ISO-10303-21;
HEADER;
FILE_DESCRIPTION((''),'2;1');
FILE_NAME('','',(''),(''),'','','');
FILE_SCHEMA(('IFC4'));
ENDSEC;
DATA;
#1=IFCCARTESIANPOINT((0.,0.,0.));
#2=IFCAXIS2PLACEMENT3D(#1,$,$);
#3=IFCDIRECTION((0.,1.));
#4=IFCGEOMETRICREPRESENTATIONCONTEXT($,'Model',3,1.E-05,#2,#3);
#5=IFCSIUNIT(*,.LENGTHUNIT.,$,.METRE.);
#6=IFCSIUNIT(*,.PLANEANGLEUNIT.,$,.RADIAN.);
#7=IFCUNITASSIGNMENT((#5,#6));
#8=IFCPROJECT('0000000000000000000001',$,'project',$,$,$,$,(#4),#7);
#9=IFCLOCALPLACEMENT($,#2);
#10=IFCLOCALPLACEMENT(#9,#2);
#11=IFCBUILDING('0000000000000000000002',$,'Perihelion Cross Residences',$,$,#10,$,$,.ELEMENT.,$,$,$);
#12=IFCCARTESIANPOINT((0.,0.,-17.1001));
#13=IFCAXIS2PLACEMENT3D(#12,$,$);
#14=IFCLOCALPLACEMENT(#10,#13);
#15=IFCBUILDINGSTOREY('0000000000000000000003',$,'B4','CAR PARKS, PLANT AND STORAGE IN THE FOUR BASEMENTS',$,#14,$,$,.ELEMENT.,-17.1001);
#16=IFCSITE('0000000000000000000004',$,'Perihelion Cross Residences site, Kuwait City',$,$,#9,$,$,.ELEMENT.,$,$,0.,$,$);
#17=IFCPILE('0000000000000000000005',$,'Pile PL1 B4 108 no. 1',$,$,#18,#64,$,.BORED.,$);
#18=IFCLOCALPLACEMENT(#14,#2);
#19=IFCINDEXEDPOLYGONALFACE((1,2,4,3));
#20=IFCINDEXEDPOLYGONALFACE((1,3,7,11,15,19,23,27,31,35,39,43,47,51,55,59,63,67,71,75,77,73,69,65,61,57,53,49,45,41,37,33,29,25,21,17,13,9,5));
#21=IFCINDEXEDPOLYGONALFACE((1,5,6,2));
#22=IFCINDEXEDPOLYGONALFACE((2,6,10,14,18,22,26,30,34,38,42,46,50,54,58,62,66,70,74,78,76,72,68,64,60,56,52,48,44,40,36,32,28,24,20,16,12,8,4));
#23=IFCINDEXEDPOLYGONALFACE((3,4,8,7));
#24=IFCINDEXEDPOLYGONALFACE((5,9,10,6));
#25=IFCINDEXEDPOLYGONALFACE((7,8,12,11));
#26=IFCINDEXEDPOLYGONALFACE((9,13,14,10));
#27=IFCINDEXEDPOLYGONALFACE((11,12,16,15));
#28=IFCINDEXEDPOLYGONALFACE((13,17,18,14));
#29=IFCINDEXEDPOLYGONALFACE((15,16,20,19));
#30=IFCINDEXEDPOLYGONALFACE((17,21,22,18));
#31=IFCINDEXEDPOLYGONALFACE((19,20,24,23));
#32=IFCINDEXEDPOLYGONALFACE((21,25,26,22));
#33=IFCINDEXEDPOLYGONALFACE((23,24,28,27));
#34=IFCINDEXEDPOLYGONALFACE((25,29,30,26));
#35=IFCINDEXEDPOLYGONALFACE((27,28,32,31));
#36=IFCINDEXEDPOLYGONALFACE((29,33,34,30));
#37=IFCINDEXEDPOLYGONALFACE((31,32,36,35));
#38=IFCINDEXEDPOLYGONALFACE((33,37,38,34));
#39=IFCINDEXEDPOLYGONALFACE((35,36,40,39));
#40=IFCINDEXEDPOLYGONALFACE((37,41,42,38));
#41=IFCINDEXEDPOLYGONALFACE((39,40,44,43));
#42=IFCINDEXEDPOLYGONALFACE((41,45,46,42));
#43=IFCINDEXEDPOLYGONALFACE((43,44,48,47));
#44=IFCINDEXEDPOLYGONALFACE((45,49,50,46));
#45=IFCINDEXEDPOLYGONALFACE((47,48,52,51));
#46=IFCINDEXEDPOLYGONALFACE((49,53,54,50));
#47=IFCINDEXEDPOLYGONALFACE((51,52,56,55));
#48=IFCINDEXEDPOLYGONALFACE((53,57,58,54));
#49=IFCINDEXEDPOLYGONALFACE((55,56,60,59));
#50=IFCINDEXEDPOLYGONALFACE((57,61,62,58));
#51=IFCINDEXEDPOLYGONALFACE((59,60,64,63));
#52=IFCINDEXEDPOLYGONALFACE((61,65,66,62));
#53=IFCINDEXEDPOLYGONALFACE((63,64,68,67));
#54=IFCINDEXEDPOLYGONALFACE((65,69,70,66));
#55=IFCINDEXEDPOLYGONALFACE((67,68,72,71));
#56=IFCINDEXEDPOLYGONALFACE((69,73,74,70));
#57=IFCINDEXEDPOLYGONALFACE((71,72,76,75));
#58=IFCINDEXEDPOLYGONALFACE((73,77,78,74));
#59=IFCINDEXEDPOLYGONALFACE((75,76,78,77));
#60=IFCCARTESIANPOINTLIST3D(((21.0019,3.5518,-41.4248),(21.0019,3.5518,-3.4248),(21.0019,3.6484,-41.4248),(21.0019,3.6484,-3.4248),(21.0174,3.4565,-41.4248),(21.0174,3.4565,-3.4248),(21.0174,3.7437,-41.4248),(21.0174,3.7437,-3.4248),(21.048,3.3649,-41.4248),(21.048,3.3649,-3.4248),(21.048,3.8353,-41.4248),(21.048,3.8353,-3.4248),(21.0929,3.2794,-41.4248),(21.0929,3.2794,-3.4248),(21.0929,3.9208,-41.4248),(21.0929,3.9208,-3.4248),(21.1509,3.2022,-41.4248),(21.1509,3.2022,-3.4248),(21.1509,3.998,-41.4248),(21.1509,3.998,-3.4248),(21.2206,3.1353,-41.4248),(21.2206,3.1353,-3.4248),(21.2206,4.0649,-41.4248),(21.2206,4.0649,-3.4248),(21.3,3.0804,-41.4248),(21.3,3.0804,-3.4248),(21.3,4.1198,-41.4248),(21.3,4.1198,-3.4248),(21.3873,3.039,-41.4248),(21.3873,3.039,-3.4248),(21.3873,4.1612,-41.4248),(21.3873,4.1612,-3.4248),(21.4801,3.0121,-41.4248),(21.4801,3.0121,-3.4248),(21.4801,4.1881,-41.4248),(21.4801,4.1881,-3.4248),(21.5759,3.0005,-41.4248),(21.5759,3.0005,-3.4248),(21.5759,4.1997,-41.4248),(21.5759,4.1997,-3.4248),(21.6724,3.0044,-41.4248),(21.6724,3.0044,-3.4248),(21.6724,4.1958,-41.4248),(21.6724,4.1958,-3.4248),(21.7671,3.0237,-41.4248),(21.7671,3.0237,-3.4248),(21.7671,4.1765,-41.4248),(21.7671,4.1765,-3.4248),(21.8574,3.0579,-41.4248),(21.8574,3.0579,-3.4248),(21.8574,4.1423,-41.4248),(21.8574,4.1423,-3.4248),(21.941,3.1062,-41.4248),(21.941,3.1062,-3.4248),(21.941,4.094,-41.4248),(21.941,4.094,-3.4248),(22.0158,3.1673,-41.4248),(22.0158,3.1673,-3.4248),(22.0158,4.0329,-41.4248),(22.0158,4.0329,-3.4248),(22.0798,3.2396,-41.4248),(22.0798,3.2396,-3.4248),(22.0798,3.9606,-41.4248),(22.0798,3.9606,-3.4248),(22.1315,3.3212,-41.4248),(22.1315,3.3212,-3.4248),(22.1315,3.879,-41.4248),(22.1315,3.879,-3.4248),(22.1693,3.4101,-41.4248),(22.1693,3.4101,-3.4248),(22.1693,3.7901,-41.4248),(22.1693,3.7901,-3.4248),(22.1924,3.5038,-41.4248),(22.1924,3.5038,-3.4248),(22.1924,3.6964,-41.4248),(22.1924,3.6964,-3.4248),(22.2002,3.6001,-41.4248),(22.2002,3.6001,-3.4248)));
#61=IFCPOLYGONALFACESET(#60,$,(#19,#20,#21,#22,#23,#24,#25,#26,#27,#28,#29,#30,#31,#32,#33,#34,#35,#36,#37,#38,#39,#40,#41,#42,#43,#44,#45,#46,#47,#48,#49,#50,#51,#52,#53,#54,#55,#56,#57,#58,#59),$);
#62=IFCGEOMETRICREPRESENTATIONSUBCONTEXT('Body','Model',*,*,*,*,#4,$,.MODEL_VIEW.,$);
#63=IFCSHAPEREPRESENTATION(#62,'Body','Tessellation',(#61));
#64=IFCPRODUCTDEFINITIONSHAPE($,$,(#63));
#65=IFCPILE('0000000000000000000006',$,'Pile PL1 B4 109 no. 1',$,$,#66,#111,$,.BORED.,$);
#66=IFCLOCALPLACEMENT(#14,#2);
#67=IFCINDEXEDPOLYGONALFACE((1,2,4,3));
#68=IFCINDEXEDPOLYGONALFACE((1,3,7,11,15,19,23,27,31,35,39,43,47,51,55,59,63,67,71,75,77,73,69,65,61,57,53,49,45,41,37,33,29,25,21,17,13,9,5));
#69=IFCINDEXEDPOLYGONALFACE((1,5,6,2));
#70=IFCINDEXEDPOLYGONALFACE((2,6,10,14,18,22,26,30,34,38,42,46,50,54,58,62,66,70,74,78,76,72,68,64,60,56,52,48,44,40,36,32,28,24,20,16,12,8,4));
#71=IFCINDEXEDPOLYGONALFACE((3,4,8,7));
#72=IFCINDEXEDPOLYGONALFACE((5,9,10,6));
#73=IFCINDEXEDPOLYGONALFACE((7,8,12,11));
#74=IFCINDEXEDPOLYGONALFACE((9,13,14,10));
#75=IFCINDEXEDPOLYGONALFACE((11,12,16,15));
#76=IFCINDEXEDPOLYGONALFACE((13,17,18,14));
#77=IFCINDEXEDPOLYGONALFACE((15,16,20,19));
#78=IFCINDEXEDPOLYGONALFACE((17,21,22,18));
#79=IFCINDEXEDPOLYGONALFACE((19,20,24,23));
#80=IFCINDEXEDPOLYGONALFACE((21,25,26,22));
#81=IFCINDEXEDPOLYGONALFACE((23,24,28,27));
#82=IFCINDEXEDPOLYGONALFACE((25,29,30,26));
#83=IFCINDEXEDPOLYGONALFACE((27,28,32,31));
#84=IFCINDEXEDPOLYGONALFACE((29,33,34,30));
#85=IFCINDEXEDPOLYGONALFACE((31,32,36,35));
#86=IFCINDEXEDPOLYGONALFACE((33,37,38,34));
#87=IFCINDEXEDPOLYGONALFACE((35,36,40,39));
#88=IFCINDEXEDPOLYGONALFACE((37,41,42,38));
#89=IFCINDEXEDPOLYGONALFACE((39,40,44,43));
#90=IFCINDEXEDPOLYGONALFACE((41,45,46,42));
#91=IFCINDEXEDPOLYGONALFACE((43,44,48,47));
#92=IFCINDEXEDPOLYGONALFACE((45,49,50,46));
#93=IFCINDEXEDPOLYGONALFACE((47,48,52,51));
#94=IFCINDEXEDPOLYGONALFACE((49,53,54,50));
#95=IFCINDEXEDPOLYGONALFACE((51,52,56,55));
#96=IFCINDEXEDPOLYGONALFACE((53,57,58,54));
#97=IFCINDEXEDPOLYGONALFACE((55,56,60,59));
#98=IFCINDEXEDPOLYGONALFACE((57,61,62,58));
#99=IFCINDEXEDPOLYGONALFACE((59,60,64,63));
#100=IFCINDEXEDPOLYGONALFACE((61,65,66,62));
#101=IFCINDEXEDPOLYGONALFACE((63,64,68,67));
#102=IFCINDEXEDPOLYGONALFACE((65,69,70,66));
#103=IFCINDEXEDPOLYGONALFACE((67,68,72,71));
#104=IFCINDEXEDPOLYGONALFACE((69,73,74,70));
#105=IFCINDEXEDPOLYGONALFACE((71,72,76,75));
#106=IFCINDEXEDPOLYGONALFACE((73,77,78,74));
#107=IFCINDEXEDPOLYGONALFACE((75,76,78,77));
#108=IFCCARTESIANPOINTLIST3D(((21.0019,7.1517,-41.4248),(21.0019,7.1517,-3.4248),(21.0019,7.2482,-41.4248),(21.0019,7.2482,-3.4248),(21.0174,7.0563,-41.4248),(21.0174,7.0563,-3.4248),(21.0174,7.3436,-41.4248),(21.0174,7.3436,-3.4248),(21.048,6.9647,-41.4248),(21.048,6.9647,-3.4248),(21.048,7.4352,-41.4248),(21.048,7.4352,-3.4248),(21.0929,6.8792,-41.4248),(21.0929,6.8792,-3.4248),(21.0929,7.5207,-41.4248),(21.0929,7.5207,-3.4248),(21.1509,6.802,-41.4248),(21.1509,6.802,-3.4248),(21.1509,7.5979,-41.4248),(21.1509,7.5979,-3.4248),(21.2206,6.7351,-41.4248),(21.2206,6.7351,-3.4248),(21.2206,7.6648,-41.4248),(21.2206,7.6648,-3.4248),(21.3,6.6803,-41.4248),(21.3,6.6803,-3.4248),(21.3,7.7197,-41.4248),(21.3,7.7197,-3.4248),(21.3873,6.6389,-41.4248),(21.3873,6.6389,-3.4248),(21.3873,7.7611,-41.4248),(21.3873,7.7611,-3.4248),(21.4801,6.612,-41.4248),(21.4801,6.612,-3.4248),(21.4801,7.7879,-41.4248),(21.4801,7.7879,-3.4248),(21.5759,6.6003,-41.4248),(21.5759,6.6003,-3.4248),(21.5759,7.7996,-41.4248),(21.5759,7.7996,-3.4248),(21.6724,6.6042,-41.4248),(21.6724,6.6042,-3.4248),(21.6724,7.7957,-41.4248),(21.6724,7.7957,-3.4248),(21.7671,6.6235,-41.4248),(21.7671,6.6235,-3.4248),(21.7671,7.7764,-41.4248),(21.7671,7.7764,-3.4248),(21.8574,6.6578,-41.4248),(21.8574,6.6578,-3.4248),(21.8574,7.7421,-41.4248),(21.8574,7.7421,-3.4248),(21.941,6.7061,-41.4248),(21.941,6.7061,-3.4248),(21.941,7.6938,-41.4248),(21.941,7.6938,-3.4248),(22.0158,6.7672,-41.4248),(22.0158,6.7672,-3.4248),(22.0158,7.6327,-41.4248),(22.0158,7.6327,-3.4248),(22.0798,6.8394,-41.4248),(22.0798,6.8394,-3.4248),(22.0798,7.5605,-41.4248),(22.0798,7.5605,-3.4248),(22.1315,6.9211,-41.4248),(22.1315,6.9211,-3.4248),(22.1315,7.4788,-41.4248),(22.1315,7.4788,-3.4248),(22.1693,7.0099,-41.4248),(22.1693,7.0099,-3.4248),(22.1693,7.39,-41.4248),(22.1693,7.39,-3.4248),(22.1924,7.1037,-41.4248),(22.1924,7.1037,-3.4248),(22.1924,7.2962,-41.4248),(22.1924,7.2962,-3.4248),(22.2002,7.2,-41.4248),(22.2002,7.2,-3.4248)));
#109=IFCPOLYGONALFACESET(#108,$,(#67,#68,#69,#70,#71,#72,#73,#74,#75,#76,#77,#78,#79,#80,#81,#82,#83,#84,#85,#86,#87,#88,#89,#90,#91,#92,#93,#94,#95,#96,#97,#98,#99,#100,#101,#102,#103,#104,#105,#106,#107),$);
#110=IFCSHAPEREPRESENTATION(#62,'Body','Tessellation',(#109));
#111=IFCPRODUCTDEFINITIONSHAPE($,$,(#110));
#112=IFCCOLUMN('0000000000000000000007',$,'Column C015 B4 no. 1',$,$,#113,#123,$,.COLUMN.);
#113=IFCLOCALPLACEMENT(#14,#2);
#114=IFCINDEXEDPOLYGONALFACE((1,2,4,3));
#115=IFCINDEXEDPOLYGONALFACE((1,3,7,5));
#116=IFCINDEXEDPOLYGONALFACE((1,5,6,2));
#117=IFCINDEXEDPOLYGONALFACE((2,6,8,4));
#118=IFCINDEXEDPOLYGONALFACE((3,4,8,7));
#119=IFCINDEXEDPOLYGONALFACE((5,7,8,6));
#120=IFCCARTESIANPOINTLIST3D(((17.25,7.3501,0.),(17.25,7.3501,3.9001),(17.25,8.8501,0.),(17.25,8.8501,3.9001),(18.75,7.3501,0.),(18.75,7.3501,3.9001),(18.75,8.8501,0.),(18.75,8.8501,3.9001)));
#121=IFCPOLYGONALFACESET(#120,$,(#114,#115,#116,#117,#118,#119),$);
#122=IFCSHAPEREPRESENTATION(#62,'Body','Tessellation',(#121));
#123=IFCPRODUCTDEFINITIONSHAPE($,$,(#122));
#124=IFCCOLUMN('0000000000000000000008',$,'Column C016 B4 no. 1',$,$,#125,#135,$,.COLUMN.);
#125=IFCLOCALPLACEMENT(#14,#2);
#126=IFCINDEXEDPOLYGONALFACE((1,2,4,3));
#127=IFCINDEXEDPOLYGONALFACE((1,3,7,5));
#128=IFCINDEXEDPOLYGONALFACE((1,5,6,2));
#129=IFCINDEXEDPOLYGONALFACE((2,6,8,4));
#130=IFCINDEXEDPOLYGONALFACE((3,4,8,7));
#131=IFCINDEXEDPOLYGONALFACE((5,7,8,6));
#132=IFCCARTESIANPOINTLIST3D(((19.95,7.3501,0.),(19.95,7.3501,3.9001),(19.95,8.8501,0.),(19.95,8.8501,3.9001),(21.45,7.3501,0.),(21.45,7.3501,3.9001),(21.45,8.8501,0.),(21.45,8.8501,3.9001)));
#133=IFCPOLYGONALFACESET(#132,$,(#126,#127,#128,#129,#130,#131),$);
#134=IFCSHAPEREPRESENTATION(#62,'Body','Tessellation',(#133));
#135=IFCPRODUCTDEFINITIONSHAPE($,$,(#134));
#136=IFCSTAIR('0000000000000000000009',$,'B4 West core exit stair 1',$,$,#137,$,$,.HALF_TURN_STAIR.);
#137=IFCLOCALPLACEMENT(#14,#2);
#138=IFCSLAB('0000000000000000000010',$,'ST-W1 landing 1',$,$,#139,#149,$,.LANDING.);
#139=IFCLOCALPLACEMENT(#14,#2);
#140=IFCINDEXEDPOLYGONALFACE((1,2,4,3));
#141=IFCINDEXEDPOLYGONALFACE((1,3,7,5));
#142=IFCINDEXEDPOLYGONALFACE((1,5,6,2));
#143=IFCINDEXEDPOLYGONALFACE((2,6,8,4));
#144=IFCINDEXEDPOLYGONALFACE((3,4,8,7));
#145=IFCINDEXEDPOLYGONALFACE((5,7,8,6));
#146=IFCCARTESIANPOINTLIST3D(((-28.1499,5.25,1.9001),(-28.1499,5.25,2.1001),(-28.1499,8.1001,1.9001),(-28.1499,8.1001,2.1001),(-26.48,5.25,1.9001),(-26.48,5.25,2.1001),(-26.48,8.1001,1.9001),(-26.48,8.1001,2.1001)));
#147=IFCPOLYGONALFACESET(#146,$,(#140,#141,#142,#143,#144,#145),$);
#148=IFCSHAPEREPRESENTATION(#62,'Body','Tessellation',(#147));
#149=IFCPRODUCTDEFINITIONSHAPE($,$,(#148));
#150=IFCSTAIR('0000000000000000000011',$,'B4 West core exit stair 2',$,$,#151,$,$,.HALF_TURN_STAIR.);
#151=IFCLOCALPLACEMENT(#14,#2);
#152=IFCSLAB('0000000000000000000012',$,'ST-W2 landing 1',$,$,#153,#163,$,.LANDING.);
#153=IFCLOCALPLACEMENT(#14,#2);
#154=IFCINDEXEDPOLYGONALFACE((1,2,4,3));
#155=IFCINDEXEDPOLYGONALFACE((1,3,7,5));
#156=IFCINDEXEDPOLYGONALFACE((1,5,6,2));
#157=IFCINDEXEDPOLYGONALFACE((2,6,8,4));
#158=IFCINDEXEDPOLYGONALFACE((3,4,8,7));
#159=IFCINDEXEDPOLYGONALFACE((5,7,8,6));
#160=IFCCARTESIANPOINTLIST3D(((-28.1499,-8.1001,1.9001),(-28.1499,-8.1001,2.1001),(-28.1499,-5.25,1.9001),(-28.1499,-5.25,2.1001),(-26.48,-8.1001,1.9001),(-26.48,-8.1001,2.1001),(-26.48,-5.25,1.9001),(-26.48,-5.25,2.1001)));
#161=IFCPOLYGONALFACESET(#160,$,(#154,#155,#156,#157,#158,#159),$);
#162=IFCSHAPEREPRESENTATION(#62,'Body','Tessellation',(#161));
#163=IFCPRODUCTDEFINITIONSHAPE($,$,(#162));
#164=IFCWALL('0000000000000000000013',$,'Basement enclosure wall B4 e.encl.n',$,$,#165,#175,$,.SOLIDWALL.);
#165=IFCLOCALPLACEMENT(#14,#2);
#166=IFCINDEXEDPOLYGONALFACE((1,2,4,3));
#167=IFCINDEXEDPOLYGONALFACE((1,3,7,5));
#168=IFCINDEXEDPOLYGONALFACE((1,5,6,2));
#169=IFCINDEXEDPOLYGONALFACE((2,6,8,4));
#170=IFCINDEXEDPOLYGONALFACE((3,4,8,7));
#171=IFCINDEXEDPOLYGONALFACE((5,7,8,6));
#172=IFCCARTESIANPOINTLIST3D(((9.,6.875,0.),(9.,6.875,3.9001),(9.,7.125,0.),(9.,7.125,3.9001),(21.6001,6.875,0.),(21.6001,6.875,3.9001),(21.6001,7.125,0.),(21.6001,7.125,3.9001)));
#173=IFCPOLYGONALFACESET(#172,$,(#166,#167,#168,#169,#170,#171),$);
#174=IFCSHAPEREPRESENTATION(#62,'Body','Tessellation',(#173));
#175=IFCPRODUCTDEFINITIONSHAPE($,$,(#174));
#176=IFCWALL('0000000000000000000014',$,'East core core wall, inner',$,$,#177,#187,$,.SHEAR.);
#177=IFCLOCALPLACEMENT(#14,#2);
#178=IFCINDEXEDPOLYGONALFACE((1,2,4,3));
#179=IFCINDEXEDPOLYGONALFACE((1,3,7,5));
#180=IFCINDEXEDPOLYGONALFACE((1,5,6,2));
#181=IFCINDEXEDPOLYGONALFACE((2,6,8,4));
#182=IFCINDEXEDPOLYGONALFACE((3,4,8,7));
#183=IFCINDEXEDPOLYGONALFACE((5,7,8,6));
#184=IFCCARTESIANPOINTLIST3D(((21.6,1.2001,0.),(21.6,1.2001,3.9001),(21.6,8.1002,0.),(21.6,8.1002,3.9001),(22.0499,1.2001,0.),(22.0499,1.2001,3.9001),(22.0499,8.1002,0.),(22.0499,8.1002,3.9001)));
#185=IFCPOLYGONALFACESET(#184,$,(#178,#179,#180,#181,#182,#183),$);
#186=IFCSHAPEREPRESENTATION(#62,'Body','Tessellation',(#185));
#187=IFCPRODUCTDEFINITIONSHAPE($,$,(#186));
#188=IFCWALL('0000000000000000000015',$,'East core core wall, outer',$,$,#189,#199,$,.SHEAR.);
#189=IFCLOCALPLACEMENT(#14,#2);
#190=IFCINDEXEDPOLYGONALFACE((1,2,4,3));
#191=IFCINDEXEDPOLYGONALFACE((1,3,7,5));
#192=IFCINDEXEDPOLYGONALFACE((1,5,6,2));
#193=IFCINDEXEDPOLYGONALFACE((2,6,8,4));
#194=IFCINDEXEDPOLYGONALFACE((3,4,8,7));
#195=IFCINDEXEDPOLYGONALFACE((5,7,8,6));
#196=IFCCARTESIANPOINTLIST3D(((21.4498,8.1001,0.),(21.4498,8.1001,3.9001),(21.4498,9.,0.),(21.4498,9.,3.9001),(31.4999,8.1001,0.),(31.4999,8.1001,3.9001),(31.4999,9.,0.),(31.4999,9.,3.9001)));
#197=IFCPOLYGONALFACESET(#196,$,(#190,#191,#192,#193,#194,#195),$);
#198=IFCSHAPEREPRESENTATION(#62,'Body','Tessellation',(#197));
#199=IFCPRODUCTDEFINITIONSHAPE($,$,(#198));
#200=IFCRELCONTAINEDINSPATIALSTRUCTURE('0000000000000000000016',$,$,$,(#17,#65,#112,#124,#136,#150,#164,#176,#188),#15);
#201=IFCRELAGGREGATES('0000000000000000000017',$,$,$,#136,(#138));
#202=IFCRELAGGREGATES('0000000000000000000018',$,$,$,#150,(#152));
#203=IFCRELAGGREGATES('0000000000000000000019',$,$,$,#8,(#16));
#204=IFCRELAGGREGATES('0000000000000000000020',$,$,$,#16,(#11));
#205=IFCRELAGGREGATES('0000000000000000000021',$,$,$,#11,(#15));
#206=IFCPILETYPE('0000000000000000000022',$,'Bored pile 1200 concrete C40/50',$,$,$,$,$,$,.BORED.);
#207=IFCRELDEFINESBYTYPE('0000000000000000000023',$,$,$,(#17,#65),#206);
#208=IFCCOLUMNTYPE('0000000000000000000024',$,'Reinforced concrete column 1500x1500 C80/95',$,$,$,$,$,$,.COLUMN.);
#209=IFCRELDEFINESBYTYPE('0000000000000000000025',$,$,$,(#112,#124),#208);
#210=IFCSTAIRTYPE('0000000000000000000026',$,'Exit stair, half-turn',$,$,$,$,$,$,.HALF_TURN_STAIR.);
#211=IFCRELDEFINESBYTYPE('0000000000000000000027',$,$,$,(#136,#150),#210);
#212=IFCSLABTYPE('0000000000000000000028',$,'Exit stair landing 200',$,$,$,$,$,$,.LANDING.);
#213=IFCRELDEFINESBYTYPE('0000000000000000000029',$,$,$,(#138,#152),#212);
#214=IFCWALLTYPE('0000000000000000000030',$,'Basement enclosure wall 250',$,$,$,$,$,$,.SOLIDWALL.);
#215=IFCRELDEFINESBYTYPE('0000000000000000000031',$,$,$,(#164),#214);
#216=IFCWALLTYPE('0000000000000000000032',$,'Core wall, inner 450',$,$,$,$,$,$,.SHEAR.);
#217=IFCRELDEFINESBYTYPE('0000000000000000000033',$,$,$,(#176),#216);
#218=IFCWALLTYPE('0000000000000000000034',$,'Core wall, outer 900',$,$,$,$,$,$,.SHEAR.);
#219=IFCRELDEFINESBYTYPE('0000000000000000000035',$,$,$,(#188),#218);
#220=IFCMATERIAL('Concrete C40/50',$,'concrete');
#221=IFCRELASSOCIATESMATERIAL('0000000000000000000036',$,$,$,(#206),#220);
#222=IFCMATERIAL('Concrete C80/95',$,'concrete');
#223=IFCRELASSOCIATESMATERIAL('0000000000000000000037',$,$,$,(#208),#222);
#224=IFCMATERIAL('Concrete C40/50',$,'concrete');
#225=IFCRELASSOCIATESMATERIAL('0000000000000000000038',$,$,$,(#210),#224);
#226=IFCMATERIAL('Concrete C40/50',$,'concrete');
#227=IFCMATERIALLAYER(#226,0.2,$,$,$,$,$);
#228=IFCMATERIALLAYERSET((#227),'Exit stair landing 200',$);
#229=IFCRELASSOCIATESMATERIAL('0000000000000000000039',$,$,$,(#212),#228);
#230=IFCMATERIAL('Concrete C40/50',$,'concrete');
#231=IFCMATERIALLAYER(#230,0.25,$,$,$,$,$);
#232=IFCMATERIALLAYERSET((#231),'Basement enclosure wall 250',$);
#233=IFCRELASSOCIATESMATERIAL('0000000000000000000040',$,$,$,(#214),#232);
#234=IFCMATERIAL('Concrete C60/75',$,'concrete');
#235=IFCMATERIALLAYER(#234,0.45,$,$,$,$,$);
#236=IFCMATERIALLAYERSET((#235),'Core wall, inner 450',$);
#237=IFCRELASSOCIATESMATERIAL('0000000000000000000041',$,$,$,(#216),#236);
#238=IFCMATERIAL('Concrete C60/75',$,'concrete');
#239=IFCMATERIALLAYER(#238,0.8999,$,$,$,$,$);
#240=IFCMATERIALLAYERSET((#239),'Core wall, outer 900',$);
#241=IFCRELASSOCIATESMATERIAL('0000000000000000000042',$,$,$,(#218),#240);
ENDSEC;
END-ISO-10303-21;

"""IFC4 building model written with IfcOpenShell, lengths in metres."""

from ifc_helpers import new_model, si_unit, direction, frame, frame_2d, origin, origin_2d, place, context, subcontext, project, spatial, polyline, rectangle, circle, outline, extrude, material, layer, layer_set, material_profile, profile_set, type_object, element, aggregate, save


model = new_model("IFC4")

# Units and contexts
model_context = context("Model", 3, precision=1e-05, world=origin(), true_north=direction((0.0, 1.0)))
body_context = subcontext(model_context, "Body", "Model", "MODEL_VIEW")
ifc_project = project(units=[si_unit("LENGTHUNIT", "METRE"), si_unit("PLANEANGLEUNIT", "RADIAN")], contexts=[model_context])

# Site, building, storey
site_placement = place(None, origin())
site = spatial("IfcSite", under=ifc_project, at=site_placement, Name="Perihelion Cross Residences site, Kuwait City", CompositionType="ELEMENT", RefElevation=0.0)
building_placement = place(site_placement, origin())
building = spatial("IfcBuilding", under=site, at=building_placement, Name="Perihelion Cross Residences", CompositionType="ELEMENT")
storey_placement = place(building_placement, frame((0.0, 0.0, -17.1001)))
storey = spatial("IfcBuildingStorey", under=building, at=storey_placement, Name="B4", Description="CAR PARKS, PLANT AND STORAGE IN THE FOUR BASEMENTS", CompositionType="ELEMENT", Elevation=-17.1001)

# Piles
ifc_material_1 = material(Name="Concrete C40/50", Category="concrete")
pile_type = type_object("IfcPileType", Name="Bored pile 1200 concrete C40/50", PredefinedType="BORED", material=ifc_material_1)
for number, where, z_axis, x_axis, name in (
    (1, (21.6001, 3.6001, -3.4248), (0.0, 0.0, -1.0), (1.0, 0.0, 0.0), "Pile PL1 B4 108 no. 1"),
    (2, (21.6001, 7.2, -3.4248), (0.0, 0.0, -1.0), (1.0, 0.0, 0.0), "Pile PL1 B4 109 no. 1"),
):
    element("IfcPile", number, at=place(storey_placement, frame(where, z_axis=z_axis, x_axis=x_axis)), inside=storey, type_object=pile_type, Name=name, PredefinedType="BORED", context=body_context, shape_type="SweptSolid", body=[
        extrude(circle(Radius=0.6001, at=origin_2d()), origin(), (0.0, 0.0, 1.0), 38.0),
    ])

# Columns
ifc_material_2 = material(Name="Concrete C80/95", Category="concrete")
ifc_material_profile_1 = material_profile(ifc_material_2, rectangle(XDim=1.5, YDim=1.5, at=origin_2d()), Name="RC 1500x1500")
ifc_profile_set_1 = profile_set([ifc_material_profile_1], Name="Concrete C80/95")
column_type = type_object("IfcColumnType", Name="Reinforced concrete column 1500x1500 C80/95", PredefinedType="COLUMN", material=ifc_profile_set_1)
for number, where, z_axis, x_axis, name in (
    (3, (18.0, 8.1001, 0.0), (0.0, 0.0, 1.0), (1.0, 0.0, 0.0), "Column C015 B4 no. 1"),
    (4, (20.7, 8.1001, 0.0), (0.0, 0.0, 1.0), (1.0, 0.0, 0.0), "Column C016 B4 no. 1"),
):
    element("IfcColumn", number, at=place(storey_placement, frame(where, z_axis=z_axis, x_axis=x_axis)), inside=storey, type_object=column_type, Name=name, PredefinedType="COLUMN", context=body_context, shape_type="SweptSolid", body=[
        extrude(rectangle(XDim=1.5, YDim=1.5, at=origin_2d()), origin(), (0.0, 0.0, 1.0), 3.9001),
    ])

# Stairs, slabs
ifc_material_3 = material(Name="Concrete C40/50", Category="concrete")
stair_type = type_object("IfcStairType", Name="Exit stair, half-turn", PredefinedType="HALF_TURN_STAIR", material=ifc_material_3)
stair_1_placement = place(storey_placement, origin())
stair_1 = element("IfcStair", 5, at=stair_1_placement, inside=storey, type_object=stair_type, Name="B4 West core exit stair 1", PredefinedType="HALF_TURN_STAIR")
ifc_material_4 = material(Name="Concrete C40/50", Category="concrete")
ifc_layer_1 = layer(ifc_material_4, 0.2)
ifc_layer_set_1 = layer_set([ifc_layer_1], Name="Exit stair landing 200")
slab_type = type_object("IfcSlabType", Name="Exit stair landing 200", PredefinedType="LANDING", material=ifc_layer_set_1)
slab_1_placement = place(storey_placement, frame((0.0, 0.0, 1.9001)))
slab_1 = element("IfcSlab", 6, at=slab_1_placement, type_object=slab_type, Name="ST-W1 landing 1", PredefinedType="LANDING", context=body_context, shape_type="SweptSolid", body=[
    extrude(outline(polyline([(-26.48, 8.1001), (-28.1499, 8.1001), (-28.1499, 5.25), (-26.48, 5.25), (-26.48, 8.1001)])), origin(), (0.0, 0.0, 1.0), 0.2),
])
aggregate(stair_1, [slab_1])
stair_2_placement = place(storey_placement, origin())
stair_2 = element("IfcStair", 7, at=stair_2_placement, inside=storey, type_object=stair_type, Name="B4 West core exit stair 2", PredefinedType="HALF_TURN_STAIR")
slab_2_placement = place(storey_placement, frame((0.0, 0.0, 1.9001)))
slab_2 = element("IfcSlab", 8, at=slab_2_placement, type_object=slab_type, Name="ST-W2 landing 1", PredefinedType="LANDING", context=body_context, shape_type="SweptSolid", body=[
    extrude(outline(polyline([(-26.48, -5.25), (-28.1499, -5.25), (-28.1499, -8.1001), (-26.48, -8.1001), (-26.48, -5.25)])), origin(), (0.0, 0.0, 1.0), 0.2),
])
aggregate(stair_2, [slab_2])

# Walls
ifc_material_5 = material(Name="Concrete C40/50", Category="concrete")
ifc_layer_2 = layer(ifc_material_5, 0.25)
ifc_layer_set_2 = layer_set([ifc_layer_2], Name="Basement enclosure wall 250")
wall_type_1 = type_object("IfcWallType", Name="Basement enclosure wall 250", PredefinedType="SOLIDWALL", material=ifc_layer_set_2)
wall_1_placement = place(storey_placement, frame((9.0, 7.0, 0.0), z_axis=(0.0, 0.0, 1.0), x_axis=(1.0, 0.0, 0.0)))
element("IfcWall", 9, at=wall_1_placement, inside=storey, type_object=wall_type_1, Name="Basement enclosure wall B4 e.encl.n", PredefinedType="SOLIDWALL", context=body_context, shape_type="SweptSolid", body=[
    extrude(rectangle(XDim=12.6001, YDim=0.25, at=frame_2d((6.3, 0.0))), origin(), (0.0, 0.0, 1.0), 3.9001),
])
ifc_material_6 = material(Name="Concrete C60/75", Category="concrete")
ifc_layer_3 = layer(ifc_material_6, 0.45)
ifc_layer_set_3 = layer_set([ifc_layer_3], Name="Core wall, inner 450")
wall_type_2 = type_object("IfcWallType", Name="Core wall, inner 450", PredefinedType="SHEAR", material=ifc_layer_set_3)
wall_2_placement = place(storey_placement, frame((21.825, 1.2, 0.0), z_axis=(0.0, 0.0, 1.0), x_axis=(0.0, 1.0, 0.0)))
element("IfcWall", 10, at=wall_2_placement, inside=storey, type_object=wall_type_2, Name="East core core wall, inner", PredefinedType="SHEAR", context=body_context, shape_type="SweptSolid", body=[
    extrude(rectangle(XDim=6.9001, YDim=0.45, at=frame_2d((3.4502, 0.0))), origin(), (0.0, 0.0, 1.0), 3.9001),
])
ifc_material_7 = material(Name="Concrete C60/75", Category="concrete")
ifc_layer_4 = layer(ifc_material_7, 0.8999)
ifc_layer_set_4 = layer_set([ifc_layer_4], Name="Core wall, outer 900")
wall_type_3 = type_object("IfcWallType", Name="Core wall, outer 900", PredefinedType="SHEAR", material=ifc_layer_set_4)
wall_3_placement = place(storey_placement, frame((21.45, 8.55, 0.0), z_axis=(0.0, 0.0, 1.0), x_axis=(1.0, 0.0, 0.0)))
element("IfcWall", 11, at=wall_3_placement, inside=storey, type_object=wall_type_3, Name="East core core wall, outer", PredefinedType="SHEAR", context=body_context, shape_type="SweptSolid", body=[
    extrude(rectangle(XDim=10.05, YDim=0.8999, at=frame_2d((5.0249, 0.0))), origin(), (0.0, 0.0, 1.0), 3.9001),
])

save(model, "model.ifc")
